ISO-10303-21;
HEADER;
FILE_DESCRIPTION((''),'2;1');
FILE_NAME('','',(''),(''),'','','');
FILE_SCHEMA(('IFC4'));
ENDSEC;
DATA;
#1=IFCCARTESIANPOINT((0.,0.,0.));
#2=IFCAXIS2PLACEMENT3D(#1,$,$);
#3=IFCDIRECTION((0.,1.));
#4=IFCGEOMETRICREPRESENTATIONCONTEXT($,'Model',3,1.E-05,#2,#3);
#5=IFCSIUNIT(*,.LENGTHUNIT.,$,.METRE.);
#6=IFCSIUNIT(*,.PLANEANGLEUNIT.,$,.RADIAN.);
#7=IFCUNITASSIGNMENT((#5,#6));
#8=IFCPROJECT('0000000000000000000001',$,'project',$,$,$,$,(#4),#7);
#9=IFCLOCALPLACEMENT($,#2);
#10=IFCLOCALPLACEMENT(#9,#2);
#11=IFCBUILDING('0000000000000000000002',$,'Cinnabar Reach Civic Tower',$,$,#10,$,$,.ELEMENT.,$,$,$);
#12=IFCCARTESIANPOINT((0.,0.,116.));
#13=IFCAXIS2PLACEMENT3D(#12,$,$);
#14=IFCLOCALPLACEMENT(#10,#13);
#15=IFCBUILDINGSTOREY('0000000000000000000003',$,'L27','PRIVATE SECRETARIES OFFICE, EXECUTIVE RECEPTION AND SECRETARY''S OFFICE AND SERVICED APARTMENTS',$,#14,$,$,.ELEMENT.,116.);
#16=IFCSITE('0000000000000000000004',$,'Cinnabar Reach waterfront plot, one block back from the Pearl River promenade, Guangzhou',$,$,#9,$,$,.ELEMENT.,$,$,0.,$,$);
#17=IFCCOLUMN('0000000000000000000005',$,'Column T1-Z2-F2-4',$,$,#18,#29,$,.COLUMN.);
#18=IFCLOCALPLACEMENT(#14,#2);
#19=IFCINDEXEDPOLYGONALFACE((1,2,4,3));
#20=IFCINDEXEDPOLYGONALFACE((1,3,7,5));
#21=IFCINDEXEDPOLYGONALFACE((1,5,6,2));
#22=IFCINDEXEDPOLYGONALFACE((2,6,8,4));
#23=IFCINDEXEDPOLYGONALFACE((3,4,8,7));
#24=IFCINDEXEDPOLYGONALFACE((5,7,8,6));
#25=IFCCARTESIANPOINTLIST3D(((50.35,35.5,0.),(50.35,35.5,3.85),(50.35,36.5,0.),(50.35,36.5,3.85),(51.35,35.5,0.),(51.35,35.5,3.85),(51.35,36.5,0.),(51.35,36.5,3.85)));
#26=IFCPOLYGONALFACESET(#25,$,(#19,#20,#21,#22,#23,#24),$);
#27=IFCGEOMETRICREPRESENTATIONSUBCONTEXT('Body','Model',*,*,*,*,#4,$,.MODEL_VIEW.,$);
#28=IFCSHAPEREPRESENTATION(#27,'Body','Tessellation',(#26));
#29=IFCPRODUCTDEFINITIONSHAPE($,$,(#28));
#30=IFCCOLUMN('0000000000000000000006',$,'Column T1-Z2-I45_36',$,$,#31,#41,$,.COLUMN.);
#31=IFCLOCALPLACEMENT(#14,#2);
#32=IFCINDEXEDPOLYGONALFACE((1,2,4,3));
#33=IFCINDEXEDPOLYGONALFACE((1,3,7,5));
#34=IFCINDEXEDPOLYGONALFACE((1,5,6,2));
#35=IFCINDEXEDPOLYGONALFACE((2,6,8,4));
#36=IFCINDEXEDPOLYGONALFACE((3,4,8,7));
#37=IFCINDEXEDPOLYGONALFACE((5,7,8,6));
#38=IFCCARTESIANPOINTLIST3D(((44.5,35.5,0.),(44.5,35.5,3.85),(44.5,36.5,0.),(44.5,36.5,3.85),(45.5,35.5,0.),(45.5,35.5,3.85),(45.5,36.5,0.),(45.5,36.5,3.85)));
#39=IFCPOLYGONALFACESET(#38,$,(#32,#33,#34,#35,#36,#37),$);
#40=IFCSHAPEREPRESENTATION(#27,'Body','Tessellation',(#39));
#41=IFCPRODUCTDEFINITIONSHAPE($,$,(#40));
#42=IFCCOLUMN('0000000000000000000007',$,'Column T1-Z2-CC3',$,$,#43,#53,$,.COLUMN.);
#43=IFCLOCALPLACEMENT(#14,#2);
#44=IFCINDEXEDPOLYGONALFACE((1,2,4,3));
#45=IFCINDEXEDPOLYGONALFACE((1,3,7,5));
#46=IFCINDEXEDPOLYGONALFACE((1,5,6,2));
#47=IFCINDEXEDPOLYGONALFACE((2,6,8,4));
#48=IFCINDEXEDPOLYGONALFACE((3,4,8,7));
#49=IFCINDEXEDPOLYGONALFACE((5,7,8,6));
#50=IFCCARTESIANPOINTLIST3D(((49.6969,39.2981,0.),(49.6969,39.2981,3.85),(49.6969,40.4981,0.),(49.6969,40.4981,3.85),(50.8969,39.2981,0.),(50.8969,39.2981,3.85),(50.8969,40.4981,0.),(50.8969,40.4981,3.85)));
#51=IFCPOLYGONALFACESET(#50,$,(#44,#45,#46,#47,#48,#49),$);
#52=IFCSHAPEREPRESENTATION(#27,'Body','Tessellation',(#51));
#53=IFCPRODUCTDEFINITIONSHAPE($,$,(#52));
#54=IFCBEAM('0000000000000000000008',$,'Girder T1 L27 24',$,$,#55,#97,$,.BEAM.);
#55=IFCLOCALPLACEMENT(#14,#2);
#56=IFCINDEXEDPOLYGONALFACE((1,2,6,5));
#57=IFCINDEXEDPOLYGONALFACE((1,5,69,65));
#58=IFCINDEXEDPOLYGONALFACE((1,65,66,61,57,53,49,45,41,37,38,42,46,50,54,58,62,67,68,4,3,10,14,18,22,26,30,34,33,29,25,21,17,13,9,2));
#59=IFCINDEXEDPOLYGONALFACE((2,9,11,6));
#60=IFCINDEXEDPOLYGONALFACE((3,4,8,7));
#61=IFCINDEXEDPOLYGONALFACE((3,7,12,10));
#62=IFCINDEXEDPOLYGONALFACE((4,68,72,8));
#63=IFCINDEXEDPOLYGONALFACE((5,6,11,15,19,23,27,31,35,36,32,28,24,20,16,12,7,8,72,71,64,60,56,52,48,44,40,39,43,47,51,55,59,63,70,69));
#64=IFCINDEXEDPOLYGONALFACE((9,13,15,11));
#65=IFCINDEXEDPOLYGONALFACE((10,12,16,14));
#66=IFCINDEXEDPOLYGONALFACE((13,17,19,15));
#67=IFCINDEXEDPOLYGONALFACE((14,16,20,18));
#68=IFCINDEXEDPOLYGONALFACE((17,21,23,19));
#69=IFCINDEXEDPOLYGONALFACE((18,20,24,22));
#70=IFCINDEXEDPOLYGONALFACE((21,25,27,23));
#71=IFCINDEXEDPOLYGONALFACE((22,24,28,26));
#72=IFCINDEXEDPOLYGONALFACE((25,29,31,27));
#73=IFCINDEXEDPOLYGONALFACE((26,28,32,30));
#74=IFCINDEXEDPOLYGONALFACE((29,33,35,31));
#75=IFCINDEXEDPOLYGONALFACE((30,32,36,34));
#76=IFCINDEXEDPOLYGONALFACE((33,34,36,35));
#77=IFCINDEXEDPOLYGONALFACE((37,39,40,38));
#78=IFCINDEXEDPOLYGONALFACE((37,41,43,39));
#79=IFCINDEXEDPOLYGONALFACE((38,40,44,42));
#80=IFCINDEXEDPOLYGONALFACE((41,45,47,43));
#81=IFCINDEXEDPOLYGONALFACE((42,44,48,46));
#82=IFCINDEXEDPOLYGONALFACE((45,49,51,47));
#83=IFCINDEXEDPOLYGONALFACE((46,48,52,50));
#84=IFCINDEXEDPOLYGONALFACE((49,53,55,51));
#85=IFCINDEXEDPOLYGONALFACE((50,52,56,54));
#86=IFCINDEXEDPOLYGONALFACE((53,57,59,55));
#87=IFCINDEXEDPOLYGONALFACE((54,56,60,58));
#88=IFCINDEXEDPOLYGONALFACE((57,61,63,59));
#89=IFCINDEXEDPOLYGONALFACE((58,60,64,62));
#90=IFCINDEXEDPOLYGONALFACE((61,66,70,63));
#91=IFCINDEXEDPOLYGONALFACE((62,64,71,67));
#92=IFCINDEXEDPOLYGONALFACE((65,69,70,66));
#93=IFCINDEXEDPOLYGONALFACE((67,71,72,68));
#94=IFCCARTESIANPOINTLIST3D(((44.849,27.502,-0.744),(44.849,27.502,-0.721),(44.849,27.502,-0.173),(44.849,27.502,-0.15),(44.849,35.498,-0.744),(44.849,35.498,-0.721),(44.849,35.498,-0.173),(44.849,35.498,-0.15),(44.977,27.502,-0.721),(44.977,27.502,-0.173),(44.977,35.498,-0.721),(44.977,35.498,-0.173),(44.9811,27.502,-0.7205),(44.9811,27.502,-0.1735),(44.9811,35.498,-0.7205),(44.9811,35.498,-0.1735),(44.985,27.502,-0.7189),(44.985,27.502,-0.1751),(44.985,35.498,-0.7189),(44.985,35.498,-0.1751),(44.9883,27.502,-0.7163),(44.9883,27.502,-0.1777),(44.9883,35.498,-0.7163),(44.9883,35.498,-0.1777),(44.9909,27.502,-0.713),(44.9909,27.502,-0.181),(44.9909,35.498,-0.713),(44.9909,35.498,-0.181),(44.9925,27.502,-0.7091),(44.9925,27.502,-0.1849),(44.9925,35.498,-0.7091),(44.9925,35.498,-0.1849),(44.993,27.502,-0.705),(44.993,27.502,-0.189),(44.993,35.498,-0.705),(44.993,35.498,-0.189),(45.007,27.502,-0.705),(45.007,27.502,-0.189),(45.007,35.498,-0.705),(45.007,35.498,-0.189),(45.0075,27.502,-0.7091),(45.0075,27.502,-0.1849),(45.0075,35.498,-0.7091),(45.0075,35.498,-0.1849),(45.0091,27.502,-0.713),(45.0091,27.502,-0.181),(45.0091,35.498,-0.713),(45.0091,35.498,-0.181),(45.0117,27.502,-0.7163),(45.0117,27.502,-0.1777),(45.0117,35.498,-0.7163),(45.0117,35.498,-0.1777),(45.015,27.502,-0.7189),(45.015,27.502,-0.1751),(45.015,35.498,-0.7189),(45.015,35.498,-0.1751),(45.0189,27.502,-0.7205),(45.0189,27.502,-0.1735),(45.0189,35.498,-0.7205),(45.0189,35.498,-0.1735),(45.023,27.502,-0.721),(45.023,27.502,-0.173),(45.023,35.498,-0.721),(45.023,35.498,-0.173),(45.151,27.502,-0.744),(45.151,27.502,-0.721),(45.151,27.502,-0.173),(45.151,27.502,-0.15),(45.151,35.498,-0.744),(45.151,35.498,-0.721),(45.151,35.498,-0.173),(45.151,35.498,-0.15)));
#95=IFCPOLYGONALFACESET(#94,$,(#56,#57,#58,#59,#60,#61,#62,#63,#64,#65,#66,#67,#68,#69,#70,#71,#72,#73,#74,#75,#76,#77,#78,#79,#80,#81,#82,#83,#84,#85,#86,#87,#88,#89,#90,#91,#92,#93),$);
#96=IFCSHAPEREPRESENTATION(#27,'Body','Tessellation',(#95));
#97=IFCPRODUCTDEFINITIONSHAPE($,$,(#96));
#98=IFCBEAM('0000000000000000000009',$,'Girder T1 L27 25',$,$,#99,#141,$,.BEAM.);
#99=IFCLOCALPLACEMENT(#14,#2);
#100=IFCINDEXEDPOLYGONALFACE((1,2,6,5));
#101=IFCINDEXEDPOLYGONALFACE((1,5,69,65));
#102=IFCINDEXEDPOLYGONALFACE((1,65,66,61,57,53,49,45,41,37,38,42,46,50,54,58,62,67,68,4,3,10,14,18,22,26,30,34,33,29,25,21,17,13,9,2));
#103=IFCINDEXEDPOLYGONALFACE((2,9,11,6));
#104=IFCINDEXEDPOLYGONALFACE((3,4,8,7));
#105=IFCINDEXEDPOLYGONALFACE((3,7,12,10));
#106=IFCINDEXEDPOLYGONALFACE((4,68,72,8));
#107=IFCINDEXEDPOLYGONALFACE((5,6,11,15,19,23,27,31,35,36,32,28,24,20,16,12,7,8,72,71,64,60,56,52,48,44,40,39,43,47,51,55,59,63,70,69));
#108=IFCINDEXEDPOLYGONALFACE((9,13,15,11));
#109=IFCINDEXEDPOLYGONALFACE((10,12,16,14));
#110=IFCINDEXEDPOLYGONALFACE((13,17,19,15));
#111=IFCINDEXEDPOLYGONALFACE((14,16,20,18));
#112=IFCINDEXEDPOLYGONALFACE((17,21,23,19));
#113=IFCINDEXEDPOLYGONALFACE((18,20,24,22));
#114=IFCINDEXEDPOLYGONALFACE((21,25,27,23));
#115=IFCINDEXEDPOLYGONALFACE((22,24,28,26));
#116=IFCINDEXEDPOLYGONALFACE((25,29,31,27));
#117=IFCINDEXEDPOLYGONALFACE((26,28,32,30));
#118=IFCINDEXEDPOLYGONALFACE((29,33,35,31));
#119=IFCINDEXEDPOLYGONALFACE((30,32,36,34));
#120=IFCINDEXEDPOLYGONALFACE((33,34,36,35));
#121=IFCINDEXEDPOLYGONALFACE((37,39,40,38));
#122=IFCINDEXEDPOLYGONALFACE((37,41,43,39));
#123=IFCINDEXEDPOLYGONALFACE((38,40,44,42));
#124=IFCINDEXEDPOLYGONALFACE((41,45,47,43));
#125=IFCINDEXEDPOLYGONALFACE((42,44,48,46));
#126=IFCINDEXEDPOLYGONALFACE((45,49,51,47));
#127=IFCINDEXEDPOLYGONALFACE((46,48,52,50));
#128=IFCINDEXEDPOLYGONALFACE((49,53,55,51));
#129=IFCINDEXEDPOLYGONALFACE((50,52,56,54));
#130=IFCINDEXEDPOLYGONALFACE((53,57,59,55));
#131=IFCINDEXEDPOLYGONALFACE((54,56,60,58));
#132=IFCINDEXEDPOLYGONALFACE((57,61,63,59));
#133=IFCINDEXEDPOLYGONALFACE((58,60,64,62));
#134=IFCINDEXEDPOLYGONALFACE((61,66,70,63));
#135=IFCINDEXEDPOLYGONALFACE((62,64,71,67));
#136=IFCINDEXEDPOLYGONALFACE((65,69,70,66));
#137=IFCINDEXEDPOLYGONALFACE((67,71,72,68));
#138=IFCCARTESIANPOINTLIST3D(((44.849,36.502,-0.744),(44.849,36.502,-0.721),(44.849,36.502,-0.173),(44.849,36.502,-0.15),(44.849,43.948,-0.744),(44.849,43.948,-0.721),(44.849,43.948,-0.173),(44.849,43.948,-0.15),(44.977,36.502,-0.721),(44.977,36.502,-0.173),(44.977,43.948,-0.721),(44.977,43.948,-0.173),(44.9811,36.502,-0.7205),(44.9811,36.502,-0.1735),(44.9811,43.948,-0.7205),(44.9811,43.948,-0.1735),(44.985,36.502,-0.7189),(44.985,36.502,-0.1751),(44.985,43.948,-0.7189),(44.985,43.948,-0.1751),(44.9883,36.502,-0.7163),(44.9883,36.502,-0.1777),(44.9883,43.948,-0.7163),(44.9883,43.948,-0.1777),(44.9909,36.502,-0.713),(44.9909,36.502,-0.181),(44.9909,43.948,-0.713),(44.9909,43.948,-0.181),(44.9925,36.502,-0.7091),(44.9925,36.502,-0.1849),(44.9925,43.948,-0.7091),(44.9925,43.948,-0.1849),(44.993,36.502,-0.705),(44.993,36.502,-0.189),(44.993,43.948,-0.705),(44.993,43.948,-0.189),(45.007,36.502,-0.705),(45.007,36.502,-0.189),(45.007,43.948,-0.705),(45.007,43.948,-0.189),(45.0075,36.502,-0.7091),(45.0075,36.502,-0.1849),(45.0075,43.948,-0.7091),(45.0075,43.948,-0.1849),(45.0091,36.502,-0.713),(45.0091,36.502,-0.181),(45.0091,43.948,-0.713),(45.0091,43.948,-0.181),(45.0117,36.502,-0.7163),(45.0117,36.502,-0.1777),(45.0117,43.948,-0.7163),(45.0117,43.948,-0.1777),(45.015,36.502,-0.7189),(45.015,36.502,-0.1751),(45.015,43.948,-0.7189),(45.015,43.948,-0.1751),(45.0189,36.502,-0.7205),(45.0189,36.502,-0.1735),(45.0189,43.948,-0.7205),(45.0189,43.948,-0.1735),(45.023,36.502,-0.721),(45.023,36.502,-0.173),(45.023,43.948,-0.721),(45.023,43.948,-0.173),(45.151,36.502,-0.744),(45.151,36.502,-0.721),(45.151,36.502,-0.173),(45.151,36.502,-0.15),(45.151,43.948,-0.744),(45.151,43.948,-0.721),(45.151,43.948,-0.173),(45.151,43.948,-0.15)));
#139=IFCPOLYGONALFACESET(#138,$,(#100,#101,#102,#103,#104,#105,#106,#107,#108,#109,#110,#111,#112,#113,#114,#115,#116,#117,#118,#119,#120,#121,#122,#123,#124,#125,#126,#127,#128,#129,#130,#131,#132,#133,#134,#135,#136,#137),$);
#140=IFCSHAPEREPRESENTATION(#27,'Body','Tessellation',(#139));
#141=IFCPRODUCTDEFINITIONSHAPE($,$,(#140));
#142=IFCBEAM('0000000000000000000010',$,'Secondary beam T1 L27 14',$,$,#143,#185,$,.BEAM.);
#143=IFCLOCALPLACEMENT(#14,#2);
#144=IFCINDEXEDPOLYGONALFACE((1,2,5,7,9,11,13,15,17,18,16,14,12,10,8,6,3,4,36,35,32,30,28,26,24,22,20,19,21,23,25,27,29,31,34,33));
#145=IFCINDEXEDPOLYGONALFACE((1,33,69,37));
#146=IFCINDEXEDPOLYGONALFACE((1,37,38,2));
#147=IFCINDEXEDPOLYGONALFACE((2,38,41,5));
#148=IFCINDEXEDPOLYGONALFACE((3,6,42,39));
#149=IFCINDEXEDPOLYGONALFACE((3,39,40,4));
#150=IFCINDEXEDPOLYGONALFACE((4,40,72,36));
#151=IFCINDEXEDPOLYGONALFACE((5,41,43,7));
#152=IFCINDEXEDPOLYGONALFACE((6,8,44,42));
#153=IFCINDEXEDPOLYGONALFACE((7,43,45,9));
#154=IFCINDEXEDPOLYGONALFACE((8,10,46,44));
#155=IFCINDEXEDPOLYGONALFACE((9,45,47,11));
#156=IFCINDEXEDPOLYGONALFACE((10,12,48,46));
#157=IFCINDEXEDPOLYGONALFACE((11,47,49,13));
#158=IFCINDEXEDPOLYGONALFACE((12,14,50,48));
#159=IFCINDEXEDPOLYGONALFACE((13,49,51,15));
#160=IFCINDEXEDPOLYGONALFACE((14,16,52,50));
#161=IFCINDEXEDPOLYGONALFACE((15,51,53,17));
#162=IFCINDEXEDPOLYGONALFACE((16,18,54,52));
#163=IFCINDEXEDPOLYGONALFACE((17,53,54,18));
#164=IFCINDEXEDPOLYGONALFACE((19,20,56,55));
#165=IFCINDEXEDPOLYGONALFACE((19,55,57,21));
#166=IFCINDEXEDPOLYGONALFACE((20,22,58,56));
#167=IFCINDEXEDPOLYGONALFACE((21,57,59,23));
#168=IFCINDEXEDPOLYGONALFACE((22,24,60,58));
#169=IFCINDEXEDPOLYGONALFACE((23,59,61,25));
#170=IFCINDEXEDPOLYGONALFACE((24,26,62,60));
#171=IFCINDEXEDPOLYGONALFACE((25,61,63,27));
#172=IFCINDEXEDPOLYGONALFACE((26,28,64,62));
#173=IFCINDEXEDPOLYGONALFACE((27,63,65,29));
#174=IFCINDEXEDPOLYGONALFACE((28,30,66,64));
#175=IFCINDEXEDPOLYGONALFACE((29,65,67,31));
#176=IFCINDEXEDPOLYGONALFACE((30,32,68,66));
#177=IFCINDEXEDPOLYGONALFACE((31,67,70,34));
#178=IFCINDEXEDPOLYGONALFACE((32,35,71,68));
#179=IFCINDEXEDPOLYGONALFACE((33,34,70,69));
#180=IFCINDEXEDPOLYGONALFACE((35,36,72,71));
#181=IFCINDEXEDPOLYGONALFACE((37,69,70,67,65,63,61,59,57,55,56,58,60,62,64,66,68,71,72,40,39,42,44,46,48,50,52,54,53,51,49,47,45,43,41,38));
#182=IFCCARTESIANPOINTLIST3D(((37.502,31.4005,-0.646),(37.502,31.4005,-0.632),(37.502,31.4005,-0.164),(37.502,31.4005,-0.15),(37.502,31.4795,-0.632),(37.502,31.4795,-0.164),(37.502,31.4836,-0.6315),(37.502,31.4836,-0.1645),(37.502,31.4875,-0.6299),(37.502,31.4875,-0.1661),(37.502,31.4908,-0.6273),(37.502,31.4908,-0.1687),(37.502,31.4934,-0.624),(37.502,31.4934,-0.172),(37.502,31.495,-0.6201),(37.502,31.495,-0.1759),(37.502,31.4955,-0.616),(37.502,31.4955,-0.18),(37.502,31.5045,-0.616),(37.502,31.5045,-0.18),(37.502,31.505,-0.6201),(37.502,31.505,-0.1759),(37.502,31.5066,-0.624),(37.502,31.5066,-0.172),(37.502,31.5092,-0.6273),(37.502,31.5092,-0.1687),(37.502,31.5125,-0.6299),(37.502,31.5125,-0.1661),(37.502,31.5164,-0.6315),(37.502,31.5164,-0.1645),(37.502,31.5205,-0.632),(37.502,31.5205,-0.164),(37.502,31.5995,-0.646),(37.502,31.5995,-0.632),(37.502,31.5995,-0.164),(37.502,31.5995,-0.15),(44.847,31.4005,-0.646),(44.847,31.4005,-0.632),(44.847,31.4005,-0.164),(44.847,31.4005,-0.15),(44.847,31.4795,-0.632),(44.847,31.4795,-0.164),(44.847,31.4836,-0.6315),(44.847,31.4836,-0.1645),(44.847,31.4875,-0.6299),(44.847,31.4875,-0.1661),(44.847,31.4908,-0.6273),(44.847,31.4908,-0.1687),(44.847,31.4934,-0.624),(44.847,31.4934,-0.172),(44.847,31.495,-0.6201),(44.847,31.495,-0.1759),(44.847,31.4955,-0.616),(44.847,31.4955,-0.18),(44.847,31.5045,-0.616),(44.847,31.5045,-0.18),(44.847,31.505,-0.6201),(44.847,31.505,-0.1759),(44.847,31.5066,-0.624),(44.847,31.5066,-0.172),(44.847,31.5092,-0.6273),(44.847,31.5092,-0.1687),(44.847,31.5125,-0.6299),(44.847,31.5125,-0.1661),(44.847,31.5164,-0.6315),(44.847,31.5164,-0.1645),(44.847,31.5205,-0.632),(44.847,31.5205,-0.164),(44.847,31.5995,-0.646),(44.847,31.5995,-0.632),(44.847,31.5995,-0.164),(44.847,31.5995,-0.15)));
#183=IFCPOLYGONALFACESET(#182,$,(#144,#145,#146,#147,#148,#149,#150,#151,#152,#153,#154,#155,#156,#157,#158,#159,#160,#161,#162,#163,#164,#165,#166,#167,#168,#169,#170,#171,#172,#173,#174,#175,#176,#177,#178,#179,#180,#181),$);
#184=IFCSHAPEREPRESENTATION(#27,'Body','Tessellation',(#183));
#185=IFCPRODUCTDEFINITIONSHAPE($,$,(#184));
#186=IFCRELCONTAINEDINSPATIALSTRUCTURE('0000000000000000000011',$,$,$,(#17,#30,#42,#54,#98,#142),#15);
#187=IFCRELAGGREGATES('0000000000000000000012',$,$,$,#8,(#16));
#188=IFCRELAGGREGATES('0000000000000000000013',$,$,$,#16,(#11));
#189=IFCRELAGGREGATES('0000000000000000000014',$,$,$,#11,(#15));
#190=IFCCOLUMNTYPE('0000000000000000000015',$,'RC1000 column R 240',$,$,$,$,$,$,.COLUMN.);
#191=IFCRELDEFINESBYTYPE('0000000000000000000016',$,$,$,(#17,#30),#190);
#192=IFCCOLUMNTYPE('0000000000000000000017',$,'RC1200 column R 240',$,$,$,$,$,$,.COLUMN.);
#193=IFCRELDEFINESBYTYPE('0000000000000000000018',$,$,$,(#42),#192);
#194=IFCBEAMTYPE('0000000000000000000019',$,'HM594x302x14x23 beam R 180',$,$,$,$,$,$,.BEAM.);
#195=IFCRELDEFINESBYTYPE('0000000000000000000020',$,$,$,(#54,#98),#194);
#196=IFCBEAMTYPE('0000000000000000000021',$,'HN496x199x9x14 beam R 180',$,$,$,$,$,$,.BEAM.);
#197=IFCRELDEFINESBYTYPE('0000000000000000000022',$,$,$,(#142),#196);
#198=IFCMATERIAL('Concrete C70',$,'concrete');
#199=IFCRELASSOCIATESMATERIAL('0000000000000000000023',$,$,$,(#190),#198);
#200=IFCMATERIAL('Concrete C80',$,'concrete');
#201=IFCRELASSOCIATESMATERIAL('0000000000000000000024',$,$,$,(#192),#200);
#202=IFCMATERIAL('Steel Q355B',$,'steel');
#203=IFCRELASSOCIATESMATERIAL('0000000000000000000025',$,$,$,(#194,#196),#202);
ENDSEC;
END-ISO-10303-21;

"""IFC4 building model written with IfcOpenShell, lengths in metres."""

from ifc_helpers import new_model, si_unit, direction, frame, origin, origin_2d, place, context, subcontext, project, spatial, rectangle, i_section, extrude, material, material_profile, profile_set, type_object, element, save


model = new_model("IFC4")

# Units and contexts
model_context = context("Model", 3, precision=1e-05, world=origin(), true_north=direction((0.0, 1.0)))
body_context = subcontext(model_context, "Body", "Model", "MODEL_VIEW")
ifc_project = project(units=[si_unit("LENGTHUNIT", "METRE"), si_unit("PLANEANGLEUNIT", "RADIAN")], contexts=[model_context])

# Site, building, storey
site_placement = place(None, origin())
site = spatial("IfcSite", under=ifc_project, at=site_placement, Name="Cinnabar Reach waterfront plot, one block back from the Pearl River promenade, Guangzhou", CompositionType="ELEMENT", RefElevation=0.0)
building_placement = place(site_placement, origin())
building = spatial("IfcBuilding", under=site, at=building_placement, Name="Cinnabar Reach Civic Tower", CompositionType="ELEMENT")
storey_placement = place(building_placement, frame((0.0, 0.0, 116.0)))
storey = spatial("IfcBuildingStorey", under=building, at=storey_placement, Name="L27", Description="PRIVATE SECRETARIES OFFICE, EXECUTIVE RECEPTION AND SECRETARY'S OFFICE AND SERVICED APARTMENTS", CompositionType="ELEMENT", Elevation=116.0)

# Columns
ifc_material_1 = material(Name="Concrete C70", Category="concrete")
ifc_material_profile_1 = material_profile(ifc_material_1, rectangle(XDim=1.0, YDim=1.0, at=origin_2d()), Name="RC1000")
ifc_profile_set_1 = profile_set([ifc_material_profile_1], Name="Concrete C70")
column_type_1 = type_object("IfcColumnType", Name="RC1000 column R 240", PredefinedType="COLUMN", material=ifc_profile_set_1)
for number, where, z_axis, x_axis, name in (
    (1, (50.85, 36.0, 0.0), (0.0, 0.0, 1.0), (1.0, 0.0, 0.0), "Column T1-Z2-F2-4"),
    (2, (45.0, 36.0, 0.0), (0.0, 0.0, 1.0), (1.0, 0.0, 0.0), "Column T1-Z2-I45_36"),
):
    element("IfcColumn", number, at=place(storey_placement, frame(where, z_axis=z_axis, x_axis=x_axis)), inside=storey, type_object=column_type_1, Name=name, PredefinedType="COLUMN", context=body_context, shape_type="SweptSolid", body=[
        extrude(rectangle(XDim=1.0, YDim=1.0, at=origin_2d()), origin(), (0.0, 0.0, 1.0), 3.85),
    ])
ifc_material_2 = material(Name="Concrete C80", Category="concrete")
ifc_material_profile_2 = material_profile(ifc_material_2, rectangle(XDim=1.2, YDim=1.2, at=origin_2d()), Name="RC1200")
ifc_profile_set_2 = profile_set([ifc_material_profile_2], Name="Concrete C80")
column_type_2 = type_object("IfcColumnType", Name="RC1200 column R 240", PredefinedType="COLUMN", material=ifc_profile_set_2)
column_placement = place(storey_placement, frame((50.2969, 39.8981, 0.0), z_axis=(0.0, 0.0, 1.0), x_axis=(1.0, 0.0, 0.0)))
element("IfcColumn", 3, at=column_placement, inside=storey, type_object=column_type_2, Name="Column T1-Z2-CC3", PredefinedType="COLUMN", context=body_context, shape_type="SweptSolid", body=[
    extrude(rectangle(XDim=1.2, YDim=1.2, at=origin_2d()), origin(), (0.0, 0.0, 1.0), 3.85),
])

# Beams
ifc_material_3 = material(Name="Steel Q355B", Category="steel")
ifc_material_profile_3 = material_profile(ifc_material_3, i_section(OverallWidth=0.302, OverallDepth=0.594, WebThickness=0.014, FlangeThickness=0.023, FilletRadius=0.016, at=origin_2d()), Name="HM594x302x14x23")
ifc_profile_set_3 = profile_set([ifc_material_profile_3], Name="Steel Q355B")
beam_type_1 = type_object("IfcBeamType", Name="HM594x302x14x23 beam R 180", PredefinedType="BEAM", material=ifc_profile_set_3)
beam_1_placement = place(storey_placement, frame((45.0, 27.502, -0.447), z_axis=(0.0, 1.0, 0.0), x_axis=(-1.0, 0.0, 0.0)))
element("IfcBeam", 4, at=beam_1_placement, inside=storey, type_object=beam_type_1, Name="Girder T1 L27 24", PredefinedType="BEAM", context=body_context, shape_type="SweptSolid", body=[
    extrude(i_section(OverallWidth=0.302, OverallDepth=0.594, WebThickness=0.014, FlangeThickness=0.023, FilletRadius=0.016, at=origin_2d()), origin(), (0.0, 0.0, 1.0), 7.996),
])
beam_2_placement = place(storey_placement, frame((45.0, 36.502, -0.447), z_axis=(0.0, 1.0, 0.0), x_axis=(-1.0, 0.0, 0.0)))
element("IfcBeam", 5, at=beam_2_placement, inside=storey, type_object=beam_type_1, Name="Girder T1 L27 25", PredefinedType="BEAM", context=body_context, shape_type="SweptSolid", body=[
    extrude(i_section(OverallWidth=0.302, OverallDepth=0.594, WebThickness=0.014, FlangeThickness=0.023, FilletRadius=0.016, at=origin_2d()), origin(), (0.0, 0.0, 1.0), 7.446),
])
ifc_material_profile_4 = material_profile(ifc_material_3, i_section(OverallWidth=0.199, OverallDepth=0.496, WebThickness=0.009, FlangeThickness=0.014, FilletRadius=0.016, at=origin_2d()), Name="HN496x199x9x14")
ifc_profile_set_4 = profile_set([ifc_material_profile_4], Name="Steel Q355B")
beam_type_2 = type_object("IfcBeamType", Name="HN496x199x9x14 beam R 180", PredefinedType="BEAM", material=ifc_profile_set_4)
beam_3_placement = place(storey_placement, frame((37.502, 31.5, -0.398), z_axis=(1.0, 0.0, 0.0), x_axis=(0.0, 1.0, 0.0)))
element("IfcBeam", 6, at=beam_3_placement, inside=storey, type_object=beam_type_2, Name="Secondary beam T1 L27 14", PredefinedType="BEAM", context=body_context, shape_type="SweptSolid", body=[
    extrude(i_section(OverallWidth=0.199, OverallDepth=0.496, WebThickness=0.009, FlangeThickness=0.014, FilletRadius=0.016, at=origin_2d()), origin(), (0.0, 0.0, 1.0), 7.345),
])

save(model, "model.ifc")
